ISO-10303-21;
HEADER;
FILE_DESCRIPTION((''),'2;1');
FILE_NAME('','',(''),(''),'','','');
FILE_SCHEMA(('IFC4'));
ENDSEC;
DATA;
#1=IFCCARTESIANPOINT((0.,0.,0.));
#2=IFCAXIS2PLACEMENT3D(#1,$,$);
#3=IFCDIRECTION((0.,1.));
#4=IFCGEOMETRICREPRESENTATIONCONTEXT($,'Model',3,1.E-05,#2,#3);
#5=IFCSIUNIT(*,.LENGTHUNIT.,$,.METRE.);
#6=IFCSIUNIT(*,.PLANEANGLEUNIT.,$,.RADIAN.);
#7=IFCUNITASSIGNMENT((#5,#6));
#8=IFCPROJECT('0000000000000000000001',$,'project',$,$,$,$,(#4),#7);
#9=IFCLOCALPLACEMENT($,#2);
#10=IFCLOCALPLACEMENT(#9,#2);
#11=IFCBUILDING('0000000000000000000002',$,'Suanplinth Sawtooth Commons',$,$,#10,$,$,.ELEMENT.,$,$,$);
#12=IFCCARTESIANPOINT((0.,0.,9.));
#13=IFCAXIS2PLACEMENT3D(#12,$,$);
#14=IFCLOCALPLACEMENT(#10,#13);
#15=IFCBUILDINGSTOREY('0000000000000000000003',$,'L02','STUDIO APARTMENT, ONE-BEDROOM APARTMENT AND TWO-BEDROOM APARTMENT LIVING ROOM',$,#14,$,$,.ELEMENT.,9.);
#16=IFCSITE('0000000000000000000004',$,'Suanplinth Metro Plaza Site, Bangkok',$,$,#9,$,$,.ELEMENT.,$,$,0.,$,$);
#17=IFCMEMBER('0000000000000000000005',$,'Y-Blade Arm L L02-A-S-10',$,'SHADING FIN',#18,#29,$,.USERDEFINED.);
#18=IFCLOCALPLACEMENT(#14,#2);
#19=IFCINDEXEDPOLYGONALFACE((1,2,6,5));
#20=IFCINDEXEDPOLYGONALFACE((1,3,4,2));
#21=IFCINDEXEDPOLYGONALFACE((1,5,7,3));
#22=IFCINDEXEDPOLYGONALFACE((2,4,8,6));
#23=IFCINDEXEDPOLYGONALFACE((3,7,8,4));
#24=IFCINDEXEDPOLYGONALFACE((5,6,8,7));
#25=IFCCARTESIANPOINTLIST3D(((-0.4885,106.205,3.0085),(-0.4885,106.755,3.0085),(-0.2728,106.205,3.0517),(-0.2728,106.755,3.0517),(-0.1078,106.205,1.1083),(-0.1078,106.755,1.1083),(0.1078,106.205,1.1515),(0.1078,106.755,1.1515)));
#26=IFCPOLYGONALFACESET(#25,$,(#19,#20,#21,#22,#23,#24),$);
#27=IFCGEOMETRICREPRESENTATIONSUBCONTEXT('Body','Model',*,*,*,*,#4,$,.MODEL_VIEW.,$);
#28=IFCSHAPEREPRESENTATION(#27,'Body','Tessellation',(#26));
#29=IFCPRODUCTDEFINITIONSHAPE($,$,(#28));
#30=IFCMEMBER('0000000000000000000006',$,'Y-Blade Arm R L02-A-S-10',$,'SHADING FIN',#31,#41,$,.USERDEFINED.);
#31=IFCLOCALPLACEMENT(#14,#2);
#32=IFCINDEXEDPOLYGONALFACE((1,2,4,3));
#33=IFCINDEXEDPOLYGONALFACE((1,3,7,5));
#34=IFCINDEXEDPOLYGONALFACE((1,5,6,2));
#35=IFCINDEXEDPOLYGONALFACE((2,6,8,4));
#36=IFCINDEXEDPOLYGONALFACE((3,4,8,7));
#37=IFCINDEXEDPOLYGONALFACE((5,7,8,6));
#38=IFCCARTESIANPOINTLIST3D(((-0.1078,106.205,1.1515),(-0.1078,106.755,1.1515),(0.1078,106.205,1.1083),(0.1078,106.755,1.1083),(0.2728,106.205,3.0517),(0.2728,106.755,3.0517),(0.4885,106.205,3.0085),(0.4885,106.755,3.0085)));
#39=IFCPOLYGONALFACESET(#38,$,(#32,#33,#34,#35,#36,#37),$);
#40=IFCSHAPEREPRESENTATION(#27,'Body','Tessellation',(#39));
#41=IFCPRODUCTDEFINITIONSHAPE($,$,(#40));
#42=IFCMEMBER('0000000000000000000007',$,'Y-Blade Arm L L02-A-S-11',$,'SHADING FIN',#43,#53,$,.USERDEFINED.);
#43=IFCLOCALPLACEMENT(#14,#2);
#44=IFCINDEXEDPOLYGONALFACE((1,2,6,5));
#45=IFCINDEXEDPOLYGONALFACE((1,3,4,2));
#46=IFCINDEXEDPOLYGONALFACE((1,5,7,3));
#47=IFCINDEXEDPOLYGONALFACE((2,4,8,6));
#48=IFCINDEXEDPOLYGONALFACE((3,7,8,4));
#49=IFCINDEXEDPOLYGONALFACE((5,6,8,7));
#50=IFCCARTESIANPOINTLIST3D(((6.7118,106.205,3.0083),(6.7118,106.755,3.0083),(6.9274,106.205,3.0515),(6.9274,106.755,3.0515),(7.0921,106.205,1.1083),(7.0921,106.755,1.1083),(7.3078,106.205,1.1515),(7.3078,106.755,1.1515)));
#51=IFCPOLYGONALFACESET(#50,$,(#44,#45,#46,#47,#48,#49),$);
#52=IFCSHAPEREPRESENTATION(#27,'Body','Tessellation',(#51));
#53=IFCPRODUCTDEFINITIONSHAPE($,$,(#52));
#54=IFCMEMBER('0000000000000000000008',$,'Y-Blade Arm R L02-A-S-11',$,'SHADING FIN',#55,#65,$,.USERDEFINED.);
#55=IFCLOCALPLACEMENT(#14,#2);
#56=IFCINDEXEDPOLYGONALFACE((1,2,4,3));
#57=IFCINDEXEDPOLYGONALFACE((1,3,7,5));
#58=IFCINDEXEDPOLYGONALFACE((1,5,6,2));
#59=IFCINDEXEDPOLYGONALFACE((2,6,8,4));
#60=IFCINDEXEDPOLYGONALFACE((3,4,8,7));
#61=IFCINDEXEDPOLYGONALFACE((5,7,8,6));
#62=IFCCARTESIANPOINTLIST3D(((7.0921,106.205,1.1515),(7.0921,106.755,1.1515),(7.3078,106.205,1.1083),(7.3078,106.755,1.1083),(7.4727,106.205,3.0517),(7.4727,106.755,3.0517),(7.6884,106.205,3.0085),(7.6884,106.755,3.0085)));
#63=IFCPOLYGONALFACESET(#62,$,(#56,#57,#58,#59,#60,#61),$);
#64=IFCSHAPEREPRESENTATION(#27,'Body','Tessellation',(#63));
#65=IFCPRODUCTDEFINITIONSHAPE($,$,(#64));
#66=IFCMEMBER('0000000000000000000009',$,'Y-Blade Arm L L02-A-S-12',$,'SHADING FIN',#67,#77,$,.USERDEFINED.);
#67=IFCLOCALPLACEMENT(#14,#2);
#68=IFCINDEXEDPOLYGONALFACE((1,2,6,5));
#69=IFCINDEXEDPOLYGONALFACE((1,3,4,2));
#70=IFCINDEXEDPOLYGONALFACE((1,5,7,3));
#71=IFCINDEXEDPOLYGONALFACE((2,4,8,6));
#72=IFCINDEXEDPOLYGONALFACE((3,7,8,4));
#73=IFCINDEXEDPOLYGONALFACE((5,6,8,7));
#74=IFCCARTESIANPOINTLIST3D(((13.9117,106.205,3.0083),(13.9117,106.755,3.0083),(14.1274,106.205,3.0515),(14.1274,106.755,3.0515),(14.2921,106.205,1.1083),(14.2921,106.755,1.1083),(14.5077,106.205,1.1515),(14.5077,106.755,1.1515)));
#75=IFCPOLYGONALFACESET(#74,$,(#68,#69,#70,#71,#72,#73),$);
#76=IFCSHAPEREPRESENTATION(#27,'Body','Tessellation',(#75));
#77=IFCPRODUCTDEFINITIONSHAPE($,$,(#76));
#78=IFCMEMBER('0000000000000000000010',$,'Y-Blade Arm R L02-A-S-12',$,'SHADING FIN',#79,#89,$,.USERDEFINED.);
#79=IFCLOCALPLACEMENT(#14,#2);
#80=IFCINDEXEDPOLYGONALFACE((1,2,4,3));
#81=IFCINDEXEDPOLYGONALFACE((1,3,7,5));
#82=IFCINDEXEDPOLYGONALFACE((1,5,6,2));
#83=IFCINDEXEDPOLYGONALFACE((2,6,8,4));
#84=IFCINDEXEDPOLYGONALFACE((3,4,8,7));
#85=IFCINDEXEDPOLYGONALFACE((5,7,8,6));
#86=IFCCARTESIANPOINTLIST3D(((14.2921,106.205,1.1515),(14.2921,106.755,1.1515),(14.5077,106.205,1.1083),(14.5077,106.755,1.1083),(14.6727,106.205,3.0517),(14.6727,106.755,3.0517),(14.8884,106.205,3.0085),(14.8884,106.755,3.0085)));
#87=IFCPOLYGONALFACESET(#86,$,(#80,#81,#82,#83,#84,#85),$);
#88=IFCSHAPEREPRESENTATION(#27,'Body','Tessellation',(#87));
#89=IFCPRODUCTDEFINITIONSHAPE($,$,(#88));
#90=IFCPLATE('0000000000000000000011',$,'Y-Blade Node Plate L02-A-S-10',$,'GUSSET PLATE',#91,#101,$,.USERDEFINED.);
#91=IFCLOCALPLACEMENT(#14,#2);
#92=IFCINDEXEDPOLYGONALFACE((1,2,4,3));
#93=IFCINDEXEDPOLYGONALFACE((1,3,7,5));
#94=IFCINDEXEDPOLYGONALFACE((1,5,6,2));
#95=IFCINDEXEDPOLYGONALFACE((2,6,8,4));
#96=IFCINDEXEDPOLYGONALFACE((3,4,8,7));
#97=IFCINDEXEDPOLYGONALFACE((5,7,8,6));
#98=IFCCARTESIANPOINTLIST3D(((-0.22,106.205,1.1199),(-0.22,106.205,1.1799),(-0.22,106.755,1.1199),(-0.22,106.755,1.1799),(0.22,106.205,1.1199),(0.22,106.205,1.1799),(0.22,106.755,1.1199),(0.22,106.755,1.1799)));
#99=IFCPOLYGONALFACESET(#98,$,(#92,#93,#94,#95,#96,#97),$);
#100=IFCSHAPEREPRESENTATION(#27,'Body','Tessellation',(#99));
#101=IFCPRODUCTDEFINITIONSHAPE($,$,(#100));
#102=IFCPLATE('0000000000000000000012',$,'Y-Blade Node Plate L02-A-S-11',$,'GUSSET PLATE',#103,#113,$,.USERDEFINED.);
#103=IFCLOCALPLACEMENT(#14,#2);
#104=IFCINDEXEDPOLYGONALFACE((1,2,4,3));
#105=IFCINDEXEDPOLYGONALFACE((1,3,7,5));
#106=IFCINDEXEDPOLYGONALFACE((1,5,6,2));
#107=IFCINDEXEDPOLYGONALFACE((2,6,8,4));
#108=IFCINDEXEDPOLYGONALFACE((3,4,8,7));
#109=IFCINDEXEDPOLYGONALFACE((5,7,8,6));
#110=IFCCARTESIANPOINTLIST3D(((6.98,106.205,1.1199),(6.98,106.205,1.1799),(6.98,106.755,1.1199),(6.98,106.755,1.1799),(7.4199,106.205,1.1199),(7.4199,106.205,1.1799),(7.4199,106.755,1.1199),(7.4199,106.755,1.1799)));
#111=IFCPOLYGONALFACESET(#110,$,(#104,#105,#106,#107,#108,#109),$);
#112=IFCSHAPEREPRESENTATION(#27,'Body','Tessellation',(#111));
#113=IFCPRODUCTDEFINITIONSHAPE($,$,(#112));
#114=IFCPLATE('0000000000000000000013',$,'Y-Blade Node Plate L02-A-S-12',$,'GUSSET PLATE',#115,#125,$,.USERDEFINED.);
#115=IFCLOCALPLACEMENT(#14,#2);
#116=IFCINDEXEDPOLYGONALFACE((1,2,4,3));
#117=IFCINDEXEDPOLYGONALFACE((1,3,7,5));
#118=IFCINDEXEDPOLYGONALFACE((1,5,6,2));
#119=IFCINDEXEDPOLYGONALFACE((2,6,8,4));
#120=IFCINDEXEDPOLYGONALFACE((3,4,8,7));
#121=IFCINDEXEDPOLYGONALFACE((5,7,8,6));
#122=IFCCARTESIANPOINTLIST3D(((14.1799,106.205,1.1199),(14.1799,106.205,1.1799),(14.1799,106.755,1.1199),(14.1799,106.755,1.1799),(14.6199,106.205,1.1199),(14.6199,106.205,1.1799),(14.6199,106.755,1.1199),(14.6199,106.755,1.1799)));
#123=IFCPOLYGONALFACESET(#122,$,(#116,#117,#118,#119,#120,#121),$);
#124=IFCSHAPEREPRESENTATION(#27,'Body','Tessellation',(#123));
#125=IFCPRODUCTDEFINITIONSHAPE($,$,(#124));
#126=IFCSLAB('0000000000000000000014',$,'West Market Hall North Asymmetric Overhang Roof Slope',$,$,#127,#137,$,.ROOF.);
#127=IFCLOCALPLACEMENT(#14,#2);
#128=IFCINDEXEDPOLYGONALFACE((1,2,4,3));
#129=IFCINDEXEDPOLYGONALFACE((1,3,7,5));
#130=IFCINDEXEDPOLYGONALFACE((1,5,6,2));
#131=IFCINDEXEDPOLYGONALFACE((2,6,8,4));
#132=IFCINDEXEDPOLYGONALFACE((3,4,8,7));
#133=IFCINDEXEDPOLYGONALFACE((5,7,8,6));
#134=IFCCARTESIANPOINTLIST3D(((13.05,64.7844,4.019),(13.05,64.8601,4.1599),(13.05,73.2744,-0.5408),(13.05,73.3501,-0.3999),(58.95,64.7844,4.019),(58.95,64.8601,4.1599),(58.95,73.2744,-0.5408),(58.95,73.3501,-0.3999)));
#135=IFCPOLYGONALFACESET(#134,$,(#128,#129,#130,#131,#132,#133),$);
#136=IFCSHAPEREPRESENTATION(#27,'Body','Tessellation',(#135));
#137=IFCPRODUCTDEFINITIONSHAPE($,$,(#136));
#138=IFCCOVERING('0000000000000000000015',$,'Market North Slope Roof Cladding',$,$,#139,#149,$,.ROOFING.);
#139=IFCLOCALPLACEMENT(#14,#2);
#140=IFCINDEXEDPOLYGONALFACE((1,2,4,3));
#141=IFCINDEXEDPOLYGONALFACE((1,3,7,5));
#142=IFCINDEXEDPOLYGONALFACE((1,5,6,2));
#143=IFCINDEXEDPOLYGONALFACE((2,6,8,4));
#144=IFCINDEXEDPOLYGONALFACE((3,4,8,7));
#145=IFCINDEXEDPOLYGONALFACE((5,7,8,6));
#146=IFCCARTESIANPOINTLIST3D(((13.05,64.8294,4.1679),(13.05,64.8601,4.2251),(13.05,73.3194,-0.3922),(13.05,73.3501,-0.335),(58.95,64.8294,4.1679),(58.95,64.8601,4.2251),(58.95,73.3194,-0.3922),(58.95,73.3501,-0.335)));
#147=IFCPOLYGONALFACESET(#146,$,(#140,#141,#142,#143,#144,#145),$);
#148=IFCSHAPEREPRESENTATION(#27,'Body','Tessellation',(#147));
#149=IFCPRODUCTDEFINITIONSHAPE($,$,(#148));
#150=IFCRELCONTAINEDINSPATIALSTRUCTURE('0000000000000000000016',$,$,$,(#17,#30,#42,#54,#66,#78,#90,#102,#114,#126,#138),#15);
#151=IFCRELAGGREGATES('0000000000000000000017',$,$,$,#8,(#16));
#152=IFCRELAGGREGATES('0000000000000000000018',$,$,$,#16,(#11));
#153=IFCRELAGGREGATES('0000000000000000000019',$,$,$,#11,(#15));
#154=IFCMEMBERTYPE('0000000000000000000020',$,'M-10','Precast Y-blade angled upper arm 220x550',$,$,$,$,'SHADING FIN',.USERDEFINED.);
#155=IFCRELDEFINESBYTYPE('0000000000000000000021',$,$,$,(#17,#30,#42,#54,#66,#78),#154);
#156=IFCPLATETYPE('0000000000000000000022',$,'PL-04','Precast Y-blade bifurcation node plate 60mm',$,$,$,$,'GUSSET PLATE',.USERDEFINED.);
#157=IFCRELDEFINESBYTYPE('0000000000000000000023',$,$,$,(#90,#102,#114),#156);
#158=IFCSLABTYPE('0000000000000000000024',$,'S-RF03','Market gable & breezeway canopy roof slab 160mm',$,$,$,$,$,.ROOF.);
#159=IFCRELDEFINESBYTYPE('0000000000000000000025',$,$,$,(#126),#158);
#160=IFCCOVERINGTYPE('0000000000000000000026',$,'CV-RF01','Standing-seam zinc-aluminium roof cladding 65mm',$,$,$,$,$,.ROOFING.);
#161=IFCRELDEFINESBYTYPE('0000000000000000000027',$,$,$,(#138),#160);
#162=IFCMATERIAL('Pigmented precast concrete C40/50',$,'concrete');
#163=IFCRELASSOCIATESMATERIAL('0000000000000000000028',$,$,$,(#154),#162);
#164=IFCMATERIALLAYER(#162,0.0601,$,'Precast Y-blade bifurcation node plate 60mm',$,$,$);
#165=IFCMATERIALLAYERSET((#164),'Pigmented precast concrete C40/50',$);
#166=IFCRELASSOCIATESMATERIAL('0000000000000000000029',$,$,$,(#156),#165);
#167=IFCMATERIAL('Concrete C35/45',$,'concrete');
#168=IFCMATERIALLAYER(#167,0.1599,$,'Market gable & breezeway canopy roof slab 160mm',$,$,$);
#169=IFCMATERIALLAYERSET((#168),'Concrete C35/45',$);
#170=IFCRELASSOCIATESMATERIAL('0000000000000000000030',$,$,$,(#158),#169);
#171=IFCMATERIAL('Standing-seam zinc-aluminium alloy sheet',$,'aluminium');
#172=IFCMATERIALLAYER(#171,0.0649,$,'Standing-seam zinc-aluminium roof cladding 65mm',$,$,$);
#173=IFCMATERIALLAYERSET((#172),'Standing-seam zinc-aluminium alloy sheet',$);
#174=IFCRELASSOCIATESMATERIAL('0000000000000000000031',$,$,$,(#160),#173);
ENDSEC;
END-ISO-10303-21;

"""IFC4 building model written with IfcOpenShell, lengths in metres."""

from ifc_helpers import new_model, si_unit, direction, frame, origin, origin_2d, place, context, subcontext, project, spatial, polyline, rectangle, outline, extrude, material, layer, layer_set, material_profile, profile_set, type_object, element, save


model = new_model("IFC4")

# Units and contexts
model_context = context("Model", 3, precision=1e-05, world=origin(), true_north=direction((0.0, 1.0)))
body_context = subcontext(model_context, "Body", "Model", "MODEL_VIEW")
ifc_project = project(units=[si_unit("LENGTHUNIT", "METRE"), si_unit("PLANEANGLEUNIT", "RADIAN")], contexts=[model_context])

# Site, building, storey
site_placement = place(None, origin())
site = spatial("IfcSite", under=ifc_project, at=site_placement, Name="Suanplinth Metro Plaza Site, Bangkok", CompositionType="ELEMENT", RefElevation=0.0)
building_placement = place(site_placement, origin())
building = spatial("IfcBuilding", under=site, at=building_placement, Name="Suanplinth Sawtooth Commons", CompositionType="ELEMENT")
storey_placement = place(building_placement, frame((0.0, 0.0, 9.0)))
storey = spatial("IfcBuildingStorey", under=building, at=storey_placement, Name="L02", Description="STUDIO APARTMENT, ONE-BEDROOM APARTMENT AND TWO-BEDROOM APARTMENT LIVING ROOM", CompositionType="ELEMENT", Elevation=9.0)

# Members
ifc_material_1 = material(Name="Pigmented precast concrete C40/50", Category="concrete")
ifc_material_profile_1 = material_profile(ifc_material_1, rectangle(XDim=0.22, YDim=0.55, at=origin_2d()), Name="PC-FIN 220x550")
ifc_profile_set_1 = profile_set([ifc_material_profile_1], Name="Pigmented precast concrete C40/50")
member_type_1 = type_object("IfcMemberType", Name="M-10", Description="Precast Y-blade angled upper arm 220x550", ElementType="SHADING FIN", PredefinedType="USERDEFINED", material=ifc_profile_set_1)
for number, where, z_axis, x_axis, name in (
    (1, (0.0, 106.48, 1.1299), (-0.196407, 0.0, 0.980522), (0.980522, 0.0, 0.196407), "Y-Blade Arm L L02-A-S-10"),
    (2, (0.0, 106.48, 1.1299), (0.196407, 0.0, 0.980522), (-0.980522, 0.0, 0.196407), "Y-Blade Arm R L02-A-S-10"),
):
    element("IfcMember", number, at=place(storey_placement, frame(where, z_axis=z_axis, x_axis=x_axis)), inside=storey, type_object=member_type_1, Name=name, ObjectType="SHADING FIN", PredefinedType="USERDEFINED", context=body_context, shape_type="SweptSolid", body=[
        extrude(rectangle(XDim=0.22, YDim=0.55, at=origin_2d()), origin(), (0.0, 0.0, 1.0), 1.938),
    ])
member_1_placement = place(storey_placement, frame((7.2, 106.48, 1.1299), z_axis=(-0.196286, 0.0, 0.980547), x_axis=(0.980547, 0.0, 0.196286)))
element("IfcMember", 3, at=member_1_placement, inside=storey, type_object=member_type_1, Name="Y-Blade Arm L L02-A-S-11", ObjectType="SHADING FIN", PredefinedType="USERDEFINED", context=body_context, shape_type="SweptSolid", body=[
    extrude(rectangle(XDim=0.22, YDim=0.55, at=origin_2d()), origin(), (0.0, 0.0, 1.0), 1.9377),
])
member_2_placement = place(storey_placement, frame((7.2, 106.48, 1.1299), z_axis=(0.196407, 0.0, 0.980522), x_axis=(-0.980522, 0.0, 0.196407)))
element("IfcMember", 4, at=member_2_placement, inside=storey, type_object=member_type_1, Name="Y-Blade Arm R L02-A-S-11", ObjectType="SHADING FIN", PredefinedType="USERDEFINED", context=body_context, shape_type="SweptSolid", body=[
    extrude(rectangle(XDim=0.22, YDim=0.55, at=origin_2d()), origin(), (0.0, 0.0, 1.0), 1.938),
])
member_3_placement = place(storey_placement, frame((14.3999, 106.48, 1.1299), z_axis=(-0.196286, 0.0, 0.980547), x_axis=(0.980547, 0.0, 0.196286)))
element("IfcMember", 5, at=member_3_placement, inside=storey, type_object=member_type_1, Name="Y-Blade Arm L L02-A-S-12", ObjectType="SHADING FIN", PredefinedType="USERDEFINED", context=body_context, shape_type="SweptSolid", body=[
    extrude(rectangle(XDim=0.22, YDim=0.55, at=origin_2d()), origin(), (0.0, 0.0, 1.0), 1.9377),
])
member_4_placement = place(storey_placement, frame((14.3999, 106.48, 1.1299), z_axis=(0.196407, 0.0, 0.980522), x_axis=(-0.980522, 0.0, 0.196407)))
element("IfcMember", 6, at=member_4_placement, inside=storey, type_object=member_type_1, Name="Y-Blade Arm R L02-A-S-12", ObjectType="SHADING FIN", PredefinedType="USERDEFINED", context=body_context, shape_type="SweptSolid", body=[
    extrude(rectangle(XDim=0.22, YDim=0.55, at=origin_2d()), origin(), (0.0, 0.0, 1.0), 1.938),
])

# Plates
ifc_layer_1 = layer(ifc_material_1, 0.0601, Name="Precast Y-blade bifurcation node plate 60mm")
ifc_layer_set_1 = layer_set([ifc_layer_1], Name="Pigmented precast concrete C40/50")
plate_type = type_object("IfcPlateType", Name="PL-04", Description="Precast Y-blade bifurcation node plate 60mm", ElementType="GUSSET PLATE", PredefinedType="USERDEFINED", material=ifc_layer_set_1)
for number, where, z_axis, x_axis, name in (
    (7, (0.0, 106.48, 1.1199), (0.0, 0.0, 1.0), (1.0, 0.0, 0.0), "Y-Blade Node Plate L02-A-S-10"),
    (8, (7.2, 106.48, 1.1199), (0.0, 0.0, 1.0), (1.0, 0.0, 0.0), "Y-Blade Node Plate L02-A-S-11"),
    (9, (14.3999, 106.48, 1.1199), (0.0, 0.0, 1.0), (1.0, 0.0, 0.0), "Y-Blade Node Plate L02-A-S-12"),
):
    element("IfcPlate", number, at=place(storey_placement, frame(where, z_axis=z_axis, x_axis=x_axis)), inside=storey, type_object=plate_type, Name=name, ObjectType="GUSSET PLATE", PredefinedType="USERDEFINED", context=body_context, shape_type="SweptSolid", body=[
        extrude(rectangle(XDim=0.4399, YDim=0.55, at=origin_2d()), origin(), (0.0, 0.0, 1.0), 0.0601),
    ])

# Slab
ifc_material_2 = material(Name="Concrete C35/45", Category="concrete")
ifc_layer_2 = layer(ifc_material_2, 0.1599, Name="Market gable & breezeway canopy roof slab 160mm")
ifc_layer_set_2 = layer_set([ifc_layer_2], Name="Concrete C35/45")
slab_type = type_object("IfcSlabType", Name="S-RF03", Description="Market gable & breezeway canopy roof slab 160mm", PredefinedType="ROOF", material=ifc_layer_set_2)
slab_placement = place(storey_placement, frame((13.05, 73.3501, -0.3999), z_axis=(0.0, 0.473157, 0.880978), x_axis=(1.0, 0.0, 0.0)))
element("IfcSlab", 10, at=slab_placement, inside=storey, type_object=slab_type, Name="West Market Hall North Asymmetric Overhang Roof Slope", PredefinedType="ROOF", context=body_context, shape_type="SweptSolid", body=[
    extrude(outline(polyline([(0.0, 0.0), (45.8999, 0.0), (45.8999, -9.637), (0.0, -9.637), (0.0, 0.0)])), origin(), (0.0, 0.0, -1.0), 0.1599),
])

# Covering
ifc_material_3 = material(Name="Standing-seam zinc-aluminium alloy sheet", Category="aluminium")
ifc_layer_3 = layer(ifc_material_3, 0.0649, Name="Standing-seam zinc-aluminium roof cladding 65mm")
ifc_layer_set_3 = layer_set([ifc_layer_3], Name="Standing-seam zinc-aluminium alloy sheet")
covering_type = type_object("IfcCoveringType", Name="CV-RF01", Description="Standing-seam zinc-aluminium roof cladding 65mm", PredefinedType="ROOFING", material=ifc_layer_set_3)
covering_placement = place(storey_placement, frame((13.05, 73.3501, -0.335), z_axis=(0.0, 0.473177, 0.880968), x_axis=(1.0, 0.0, 0.0)))
element("IfcCovering", 11, at=covering_placement, inside=storey, type_object=covering_type, Name="Market North Slope Roof Cladding", PredefinedType="ROOFING", context=body_context, shape_type="SweptSolid", body=[
    extrude(outline(polyline([(0.0, 0.0), (45.8999, 0.0), (45.8999, -9.6371), (0.0, -9.6371), (0.0, 0.0)])), origin(), (0.0, 0.0, -1.0), 0.0649),
])

save(model, "model.ifc")
